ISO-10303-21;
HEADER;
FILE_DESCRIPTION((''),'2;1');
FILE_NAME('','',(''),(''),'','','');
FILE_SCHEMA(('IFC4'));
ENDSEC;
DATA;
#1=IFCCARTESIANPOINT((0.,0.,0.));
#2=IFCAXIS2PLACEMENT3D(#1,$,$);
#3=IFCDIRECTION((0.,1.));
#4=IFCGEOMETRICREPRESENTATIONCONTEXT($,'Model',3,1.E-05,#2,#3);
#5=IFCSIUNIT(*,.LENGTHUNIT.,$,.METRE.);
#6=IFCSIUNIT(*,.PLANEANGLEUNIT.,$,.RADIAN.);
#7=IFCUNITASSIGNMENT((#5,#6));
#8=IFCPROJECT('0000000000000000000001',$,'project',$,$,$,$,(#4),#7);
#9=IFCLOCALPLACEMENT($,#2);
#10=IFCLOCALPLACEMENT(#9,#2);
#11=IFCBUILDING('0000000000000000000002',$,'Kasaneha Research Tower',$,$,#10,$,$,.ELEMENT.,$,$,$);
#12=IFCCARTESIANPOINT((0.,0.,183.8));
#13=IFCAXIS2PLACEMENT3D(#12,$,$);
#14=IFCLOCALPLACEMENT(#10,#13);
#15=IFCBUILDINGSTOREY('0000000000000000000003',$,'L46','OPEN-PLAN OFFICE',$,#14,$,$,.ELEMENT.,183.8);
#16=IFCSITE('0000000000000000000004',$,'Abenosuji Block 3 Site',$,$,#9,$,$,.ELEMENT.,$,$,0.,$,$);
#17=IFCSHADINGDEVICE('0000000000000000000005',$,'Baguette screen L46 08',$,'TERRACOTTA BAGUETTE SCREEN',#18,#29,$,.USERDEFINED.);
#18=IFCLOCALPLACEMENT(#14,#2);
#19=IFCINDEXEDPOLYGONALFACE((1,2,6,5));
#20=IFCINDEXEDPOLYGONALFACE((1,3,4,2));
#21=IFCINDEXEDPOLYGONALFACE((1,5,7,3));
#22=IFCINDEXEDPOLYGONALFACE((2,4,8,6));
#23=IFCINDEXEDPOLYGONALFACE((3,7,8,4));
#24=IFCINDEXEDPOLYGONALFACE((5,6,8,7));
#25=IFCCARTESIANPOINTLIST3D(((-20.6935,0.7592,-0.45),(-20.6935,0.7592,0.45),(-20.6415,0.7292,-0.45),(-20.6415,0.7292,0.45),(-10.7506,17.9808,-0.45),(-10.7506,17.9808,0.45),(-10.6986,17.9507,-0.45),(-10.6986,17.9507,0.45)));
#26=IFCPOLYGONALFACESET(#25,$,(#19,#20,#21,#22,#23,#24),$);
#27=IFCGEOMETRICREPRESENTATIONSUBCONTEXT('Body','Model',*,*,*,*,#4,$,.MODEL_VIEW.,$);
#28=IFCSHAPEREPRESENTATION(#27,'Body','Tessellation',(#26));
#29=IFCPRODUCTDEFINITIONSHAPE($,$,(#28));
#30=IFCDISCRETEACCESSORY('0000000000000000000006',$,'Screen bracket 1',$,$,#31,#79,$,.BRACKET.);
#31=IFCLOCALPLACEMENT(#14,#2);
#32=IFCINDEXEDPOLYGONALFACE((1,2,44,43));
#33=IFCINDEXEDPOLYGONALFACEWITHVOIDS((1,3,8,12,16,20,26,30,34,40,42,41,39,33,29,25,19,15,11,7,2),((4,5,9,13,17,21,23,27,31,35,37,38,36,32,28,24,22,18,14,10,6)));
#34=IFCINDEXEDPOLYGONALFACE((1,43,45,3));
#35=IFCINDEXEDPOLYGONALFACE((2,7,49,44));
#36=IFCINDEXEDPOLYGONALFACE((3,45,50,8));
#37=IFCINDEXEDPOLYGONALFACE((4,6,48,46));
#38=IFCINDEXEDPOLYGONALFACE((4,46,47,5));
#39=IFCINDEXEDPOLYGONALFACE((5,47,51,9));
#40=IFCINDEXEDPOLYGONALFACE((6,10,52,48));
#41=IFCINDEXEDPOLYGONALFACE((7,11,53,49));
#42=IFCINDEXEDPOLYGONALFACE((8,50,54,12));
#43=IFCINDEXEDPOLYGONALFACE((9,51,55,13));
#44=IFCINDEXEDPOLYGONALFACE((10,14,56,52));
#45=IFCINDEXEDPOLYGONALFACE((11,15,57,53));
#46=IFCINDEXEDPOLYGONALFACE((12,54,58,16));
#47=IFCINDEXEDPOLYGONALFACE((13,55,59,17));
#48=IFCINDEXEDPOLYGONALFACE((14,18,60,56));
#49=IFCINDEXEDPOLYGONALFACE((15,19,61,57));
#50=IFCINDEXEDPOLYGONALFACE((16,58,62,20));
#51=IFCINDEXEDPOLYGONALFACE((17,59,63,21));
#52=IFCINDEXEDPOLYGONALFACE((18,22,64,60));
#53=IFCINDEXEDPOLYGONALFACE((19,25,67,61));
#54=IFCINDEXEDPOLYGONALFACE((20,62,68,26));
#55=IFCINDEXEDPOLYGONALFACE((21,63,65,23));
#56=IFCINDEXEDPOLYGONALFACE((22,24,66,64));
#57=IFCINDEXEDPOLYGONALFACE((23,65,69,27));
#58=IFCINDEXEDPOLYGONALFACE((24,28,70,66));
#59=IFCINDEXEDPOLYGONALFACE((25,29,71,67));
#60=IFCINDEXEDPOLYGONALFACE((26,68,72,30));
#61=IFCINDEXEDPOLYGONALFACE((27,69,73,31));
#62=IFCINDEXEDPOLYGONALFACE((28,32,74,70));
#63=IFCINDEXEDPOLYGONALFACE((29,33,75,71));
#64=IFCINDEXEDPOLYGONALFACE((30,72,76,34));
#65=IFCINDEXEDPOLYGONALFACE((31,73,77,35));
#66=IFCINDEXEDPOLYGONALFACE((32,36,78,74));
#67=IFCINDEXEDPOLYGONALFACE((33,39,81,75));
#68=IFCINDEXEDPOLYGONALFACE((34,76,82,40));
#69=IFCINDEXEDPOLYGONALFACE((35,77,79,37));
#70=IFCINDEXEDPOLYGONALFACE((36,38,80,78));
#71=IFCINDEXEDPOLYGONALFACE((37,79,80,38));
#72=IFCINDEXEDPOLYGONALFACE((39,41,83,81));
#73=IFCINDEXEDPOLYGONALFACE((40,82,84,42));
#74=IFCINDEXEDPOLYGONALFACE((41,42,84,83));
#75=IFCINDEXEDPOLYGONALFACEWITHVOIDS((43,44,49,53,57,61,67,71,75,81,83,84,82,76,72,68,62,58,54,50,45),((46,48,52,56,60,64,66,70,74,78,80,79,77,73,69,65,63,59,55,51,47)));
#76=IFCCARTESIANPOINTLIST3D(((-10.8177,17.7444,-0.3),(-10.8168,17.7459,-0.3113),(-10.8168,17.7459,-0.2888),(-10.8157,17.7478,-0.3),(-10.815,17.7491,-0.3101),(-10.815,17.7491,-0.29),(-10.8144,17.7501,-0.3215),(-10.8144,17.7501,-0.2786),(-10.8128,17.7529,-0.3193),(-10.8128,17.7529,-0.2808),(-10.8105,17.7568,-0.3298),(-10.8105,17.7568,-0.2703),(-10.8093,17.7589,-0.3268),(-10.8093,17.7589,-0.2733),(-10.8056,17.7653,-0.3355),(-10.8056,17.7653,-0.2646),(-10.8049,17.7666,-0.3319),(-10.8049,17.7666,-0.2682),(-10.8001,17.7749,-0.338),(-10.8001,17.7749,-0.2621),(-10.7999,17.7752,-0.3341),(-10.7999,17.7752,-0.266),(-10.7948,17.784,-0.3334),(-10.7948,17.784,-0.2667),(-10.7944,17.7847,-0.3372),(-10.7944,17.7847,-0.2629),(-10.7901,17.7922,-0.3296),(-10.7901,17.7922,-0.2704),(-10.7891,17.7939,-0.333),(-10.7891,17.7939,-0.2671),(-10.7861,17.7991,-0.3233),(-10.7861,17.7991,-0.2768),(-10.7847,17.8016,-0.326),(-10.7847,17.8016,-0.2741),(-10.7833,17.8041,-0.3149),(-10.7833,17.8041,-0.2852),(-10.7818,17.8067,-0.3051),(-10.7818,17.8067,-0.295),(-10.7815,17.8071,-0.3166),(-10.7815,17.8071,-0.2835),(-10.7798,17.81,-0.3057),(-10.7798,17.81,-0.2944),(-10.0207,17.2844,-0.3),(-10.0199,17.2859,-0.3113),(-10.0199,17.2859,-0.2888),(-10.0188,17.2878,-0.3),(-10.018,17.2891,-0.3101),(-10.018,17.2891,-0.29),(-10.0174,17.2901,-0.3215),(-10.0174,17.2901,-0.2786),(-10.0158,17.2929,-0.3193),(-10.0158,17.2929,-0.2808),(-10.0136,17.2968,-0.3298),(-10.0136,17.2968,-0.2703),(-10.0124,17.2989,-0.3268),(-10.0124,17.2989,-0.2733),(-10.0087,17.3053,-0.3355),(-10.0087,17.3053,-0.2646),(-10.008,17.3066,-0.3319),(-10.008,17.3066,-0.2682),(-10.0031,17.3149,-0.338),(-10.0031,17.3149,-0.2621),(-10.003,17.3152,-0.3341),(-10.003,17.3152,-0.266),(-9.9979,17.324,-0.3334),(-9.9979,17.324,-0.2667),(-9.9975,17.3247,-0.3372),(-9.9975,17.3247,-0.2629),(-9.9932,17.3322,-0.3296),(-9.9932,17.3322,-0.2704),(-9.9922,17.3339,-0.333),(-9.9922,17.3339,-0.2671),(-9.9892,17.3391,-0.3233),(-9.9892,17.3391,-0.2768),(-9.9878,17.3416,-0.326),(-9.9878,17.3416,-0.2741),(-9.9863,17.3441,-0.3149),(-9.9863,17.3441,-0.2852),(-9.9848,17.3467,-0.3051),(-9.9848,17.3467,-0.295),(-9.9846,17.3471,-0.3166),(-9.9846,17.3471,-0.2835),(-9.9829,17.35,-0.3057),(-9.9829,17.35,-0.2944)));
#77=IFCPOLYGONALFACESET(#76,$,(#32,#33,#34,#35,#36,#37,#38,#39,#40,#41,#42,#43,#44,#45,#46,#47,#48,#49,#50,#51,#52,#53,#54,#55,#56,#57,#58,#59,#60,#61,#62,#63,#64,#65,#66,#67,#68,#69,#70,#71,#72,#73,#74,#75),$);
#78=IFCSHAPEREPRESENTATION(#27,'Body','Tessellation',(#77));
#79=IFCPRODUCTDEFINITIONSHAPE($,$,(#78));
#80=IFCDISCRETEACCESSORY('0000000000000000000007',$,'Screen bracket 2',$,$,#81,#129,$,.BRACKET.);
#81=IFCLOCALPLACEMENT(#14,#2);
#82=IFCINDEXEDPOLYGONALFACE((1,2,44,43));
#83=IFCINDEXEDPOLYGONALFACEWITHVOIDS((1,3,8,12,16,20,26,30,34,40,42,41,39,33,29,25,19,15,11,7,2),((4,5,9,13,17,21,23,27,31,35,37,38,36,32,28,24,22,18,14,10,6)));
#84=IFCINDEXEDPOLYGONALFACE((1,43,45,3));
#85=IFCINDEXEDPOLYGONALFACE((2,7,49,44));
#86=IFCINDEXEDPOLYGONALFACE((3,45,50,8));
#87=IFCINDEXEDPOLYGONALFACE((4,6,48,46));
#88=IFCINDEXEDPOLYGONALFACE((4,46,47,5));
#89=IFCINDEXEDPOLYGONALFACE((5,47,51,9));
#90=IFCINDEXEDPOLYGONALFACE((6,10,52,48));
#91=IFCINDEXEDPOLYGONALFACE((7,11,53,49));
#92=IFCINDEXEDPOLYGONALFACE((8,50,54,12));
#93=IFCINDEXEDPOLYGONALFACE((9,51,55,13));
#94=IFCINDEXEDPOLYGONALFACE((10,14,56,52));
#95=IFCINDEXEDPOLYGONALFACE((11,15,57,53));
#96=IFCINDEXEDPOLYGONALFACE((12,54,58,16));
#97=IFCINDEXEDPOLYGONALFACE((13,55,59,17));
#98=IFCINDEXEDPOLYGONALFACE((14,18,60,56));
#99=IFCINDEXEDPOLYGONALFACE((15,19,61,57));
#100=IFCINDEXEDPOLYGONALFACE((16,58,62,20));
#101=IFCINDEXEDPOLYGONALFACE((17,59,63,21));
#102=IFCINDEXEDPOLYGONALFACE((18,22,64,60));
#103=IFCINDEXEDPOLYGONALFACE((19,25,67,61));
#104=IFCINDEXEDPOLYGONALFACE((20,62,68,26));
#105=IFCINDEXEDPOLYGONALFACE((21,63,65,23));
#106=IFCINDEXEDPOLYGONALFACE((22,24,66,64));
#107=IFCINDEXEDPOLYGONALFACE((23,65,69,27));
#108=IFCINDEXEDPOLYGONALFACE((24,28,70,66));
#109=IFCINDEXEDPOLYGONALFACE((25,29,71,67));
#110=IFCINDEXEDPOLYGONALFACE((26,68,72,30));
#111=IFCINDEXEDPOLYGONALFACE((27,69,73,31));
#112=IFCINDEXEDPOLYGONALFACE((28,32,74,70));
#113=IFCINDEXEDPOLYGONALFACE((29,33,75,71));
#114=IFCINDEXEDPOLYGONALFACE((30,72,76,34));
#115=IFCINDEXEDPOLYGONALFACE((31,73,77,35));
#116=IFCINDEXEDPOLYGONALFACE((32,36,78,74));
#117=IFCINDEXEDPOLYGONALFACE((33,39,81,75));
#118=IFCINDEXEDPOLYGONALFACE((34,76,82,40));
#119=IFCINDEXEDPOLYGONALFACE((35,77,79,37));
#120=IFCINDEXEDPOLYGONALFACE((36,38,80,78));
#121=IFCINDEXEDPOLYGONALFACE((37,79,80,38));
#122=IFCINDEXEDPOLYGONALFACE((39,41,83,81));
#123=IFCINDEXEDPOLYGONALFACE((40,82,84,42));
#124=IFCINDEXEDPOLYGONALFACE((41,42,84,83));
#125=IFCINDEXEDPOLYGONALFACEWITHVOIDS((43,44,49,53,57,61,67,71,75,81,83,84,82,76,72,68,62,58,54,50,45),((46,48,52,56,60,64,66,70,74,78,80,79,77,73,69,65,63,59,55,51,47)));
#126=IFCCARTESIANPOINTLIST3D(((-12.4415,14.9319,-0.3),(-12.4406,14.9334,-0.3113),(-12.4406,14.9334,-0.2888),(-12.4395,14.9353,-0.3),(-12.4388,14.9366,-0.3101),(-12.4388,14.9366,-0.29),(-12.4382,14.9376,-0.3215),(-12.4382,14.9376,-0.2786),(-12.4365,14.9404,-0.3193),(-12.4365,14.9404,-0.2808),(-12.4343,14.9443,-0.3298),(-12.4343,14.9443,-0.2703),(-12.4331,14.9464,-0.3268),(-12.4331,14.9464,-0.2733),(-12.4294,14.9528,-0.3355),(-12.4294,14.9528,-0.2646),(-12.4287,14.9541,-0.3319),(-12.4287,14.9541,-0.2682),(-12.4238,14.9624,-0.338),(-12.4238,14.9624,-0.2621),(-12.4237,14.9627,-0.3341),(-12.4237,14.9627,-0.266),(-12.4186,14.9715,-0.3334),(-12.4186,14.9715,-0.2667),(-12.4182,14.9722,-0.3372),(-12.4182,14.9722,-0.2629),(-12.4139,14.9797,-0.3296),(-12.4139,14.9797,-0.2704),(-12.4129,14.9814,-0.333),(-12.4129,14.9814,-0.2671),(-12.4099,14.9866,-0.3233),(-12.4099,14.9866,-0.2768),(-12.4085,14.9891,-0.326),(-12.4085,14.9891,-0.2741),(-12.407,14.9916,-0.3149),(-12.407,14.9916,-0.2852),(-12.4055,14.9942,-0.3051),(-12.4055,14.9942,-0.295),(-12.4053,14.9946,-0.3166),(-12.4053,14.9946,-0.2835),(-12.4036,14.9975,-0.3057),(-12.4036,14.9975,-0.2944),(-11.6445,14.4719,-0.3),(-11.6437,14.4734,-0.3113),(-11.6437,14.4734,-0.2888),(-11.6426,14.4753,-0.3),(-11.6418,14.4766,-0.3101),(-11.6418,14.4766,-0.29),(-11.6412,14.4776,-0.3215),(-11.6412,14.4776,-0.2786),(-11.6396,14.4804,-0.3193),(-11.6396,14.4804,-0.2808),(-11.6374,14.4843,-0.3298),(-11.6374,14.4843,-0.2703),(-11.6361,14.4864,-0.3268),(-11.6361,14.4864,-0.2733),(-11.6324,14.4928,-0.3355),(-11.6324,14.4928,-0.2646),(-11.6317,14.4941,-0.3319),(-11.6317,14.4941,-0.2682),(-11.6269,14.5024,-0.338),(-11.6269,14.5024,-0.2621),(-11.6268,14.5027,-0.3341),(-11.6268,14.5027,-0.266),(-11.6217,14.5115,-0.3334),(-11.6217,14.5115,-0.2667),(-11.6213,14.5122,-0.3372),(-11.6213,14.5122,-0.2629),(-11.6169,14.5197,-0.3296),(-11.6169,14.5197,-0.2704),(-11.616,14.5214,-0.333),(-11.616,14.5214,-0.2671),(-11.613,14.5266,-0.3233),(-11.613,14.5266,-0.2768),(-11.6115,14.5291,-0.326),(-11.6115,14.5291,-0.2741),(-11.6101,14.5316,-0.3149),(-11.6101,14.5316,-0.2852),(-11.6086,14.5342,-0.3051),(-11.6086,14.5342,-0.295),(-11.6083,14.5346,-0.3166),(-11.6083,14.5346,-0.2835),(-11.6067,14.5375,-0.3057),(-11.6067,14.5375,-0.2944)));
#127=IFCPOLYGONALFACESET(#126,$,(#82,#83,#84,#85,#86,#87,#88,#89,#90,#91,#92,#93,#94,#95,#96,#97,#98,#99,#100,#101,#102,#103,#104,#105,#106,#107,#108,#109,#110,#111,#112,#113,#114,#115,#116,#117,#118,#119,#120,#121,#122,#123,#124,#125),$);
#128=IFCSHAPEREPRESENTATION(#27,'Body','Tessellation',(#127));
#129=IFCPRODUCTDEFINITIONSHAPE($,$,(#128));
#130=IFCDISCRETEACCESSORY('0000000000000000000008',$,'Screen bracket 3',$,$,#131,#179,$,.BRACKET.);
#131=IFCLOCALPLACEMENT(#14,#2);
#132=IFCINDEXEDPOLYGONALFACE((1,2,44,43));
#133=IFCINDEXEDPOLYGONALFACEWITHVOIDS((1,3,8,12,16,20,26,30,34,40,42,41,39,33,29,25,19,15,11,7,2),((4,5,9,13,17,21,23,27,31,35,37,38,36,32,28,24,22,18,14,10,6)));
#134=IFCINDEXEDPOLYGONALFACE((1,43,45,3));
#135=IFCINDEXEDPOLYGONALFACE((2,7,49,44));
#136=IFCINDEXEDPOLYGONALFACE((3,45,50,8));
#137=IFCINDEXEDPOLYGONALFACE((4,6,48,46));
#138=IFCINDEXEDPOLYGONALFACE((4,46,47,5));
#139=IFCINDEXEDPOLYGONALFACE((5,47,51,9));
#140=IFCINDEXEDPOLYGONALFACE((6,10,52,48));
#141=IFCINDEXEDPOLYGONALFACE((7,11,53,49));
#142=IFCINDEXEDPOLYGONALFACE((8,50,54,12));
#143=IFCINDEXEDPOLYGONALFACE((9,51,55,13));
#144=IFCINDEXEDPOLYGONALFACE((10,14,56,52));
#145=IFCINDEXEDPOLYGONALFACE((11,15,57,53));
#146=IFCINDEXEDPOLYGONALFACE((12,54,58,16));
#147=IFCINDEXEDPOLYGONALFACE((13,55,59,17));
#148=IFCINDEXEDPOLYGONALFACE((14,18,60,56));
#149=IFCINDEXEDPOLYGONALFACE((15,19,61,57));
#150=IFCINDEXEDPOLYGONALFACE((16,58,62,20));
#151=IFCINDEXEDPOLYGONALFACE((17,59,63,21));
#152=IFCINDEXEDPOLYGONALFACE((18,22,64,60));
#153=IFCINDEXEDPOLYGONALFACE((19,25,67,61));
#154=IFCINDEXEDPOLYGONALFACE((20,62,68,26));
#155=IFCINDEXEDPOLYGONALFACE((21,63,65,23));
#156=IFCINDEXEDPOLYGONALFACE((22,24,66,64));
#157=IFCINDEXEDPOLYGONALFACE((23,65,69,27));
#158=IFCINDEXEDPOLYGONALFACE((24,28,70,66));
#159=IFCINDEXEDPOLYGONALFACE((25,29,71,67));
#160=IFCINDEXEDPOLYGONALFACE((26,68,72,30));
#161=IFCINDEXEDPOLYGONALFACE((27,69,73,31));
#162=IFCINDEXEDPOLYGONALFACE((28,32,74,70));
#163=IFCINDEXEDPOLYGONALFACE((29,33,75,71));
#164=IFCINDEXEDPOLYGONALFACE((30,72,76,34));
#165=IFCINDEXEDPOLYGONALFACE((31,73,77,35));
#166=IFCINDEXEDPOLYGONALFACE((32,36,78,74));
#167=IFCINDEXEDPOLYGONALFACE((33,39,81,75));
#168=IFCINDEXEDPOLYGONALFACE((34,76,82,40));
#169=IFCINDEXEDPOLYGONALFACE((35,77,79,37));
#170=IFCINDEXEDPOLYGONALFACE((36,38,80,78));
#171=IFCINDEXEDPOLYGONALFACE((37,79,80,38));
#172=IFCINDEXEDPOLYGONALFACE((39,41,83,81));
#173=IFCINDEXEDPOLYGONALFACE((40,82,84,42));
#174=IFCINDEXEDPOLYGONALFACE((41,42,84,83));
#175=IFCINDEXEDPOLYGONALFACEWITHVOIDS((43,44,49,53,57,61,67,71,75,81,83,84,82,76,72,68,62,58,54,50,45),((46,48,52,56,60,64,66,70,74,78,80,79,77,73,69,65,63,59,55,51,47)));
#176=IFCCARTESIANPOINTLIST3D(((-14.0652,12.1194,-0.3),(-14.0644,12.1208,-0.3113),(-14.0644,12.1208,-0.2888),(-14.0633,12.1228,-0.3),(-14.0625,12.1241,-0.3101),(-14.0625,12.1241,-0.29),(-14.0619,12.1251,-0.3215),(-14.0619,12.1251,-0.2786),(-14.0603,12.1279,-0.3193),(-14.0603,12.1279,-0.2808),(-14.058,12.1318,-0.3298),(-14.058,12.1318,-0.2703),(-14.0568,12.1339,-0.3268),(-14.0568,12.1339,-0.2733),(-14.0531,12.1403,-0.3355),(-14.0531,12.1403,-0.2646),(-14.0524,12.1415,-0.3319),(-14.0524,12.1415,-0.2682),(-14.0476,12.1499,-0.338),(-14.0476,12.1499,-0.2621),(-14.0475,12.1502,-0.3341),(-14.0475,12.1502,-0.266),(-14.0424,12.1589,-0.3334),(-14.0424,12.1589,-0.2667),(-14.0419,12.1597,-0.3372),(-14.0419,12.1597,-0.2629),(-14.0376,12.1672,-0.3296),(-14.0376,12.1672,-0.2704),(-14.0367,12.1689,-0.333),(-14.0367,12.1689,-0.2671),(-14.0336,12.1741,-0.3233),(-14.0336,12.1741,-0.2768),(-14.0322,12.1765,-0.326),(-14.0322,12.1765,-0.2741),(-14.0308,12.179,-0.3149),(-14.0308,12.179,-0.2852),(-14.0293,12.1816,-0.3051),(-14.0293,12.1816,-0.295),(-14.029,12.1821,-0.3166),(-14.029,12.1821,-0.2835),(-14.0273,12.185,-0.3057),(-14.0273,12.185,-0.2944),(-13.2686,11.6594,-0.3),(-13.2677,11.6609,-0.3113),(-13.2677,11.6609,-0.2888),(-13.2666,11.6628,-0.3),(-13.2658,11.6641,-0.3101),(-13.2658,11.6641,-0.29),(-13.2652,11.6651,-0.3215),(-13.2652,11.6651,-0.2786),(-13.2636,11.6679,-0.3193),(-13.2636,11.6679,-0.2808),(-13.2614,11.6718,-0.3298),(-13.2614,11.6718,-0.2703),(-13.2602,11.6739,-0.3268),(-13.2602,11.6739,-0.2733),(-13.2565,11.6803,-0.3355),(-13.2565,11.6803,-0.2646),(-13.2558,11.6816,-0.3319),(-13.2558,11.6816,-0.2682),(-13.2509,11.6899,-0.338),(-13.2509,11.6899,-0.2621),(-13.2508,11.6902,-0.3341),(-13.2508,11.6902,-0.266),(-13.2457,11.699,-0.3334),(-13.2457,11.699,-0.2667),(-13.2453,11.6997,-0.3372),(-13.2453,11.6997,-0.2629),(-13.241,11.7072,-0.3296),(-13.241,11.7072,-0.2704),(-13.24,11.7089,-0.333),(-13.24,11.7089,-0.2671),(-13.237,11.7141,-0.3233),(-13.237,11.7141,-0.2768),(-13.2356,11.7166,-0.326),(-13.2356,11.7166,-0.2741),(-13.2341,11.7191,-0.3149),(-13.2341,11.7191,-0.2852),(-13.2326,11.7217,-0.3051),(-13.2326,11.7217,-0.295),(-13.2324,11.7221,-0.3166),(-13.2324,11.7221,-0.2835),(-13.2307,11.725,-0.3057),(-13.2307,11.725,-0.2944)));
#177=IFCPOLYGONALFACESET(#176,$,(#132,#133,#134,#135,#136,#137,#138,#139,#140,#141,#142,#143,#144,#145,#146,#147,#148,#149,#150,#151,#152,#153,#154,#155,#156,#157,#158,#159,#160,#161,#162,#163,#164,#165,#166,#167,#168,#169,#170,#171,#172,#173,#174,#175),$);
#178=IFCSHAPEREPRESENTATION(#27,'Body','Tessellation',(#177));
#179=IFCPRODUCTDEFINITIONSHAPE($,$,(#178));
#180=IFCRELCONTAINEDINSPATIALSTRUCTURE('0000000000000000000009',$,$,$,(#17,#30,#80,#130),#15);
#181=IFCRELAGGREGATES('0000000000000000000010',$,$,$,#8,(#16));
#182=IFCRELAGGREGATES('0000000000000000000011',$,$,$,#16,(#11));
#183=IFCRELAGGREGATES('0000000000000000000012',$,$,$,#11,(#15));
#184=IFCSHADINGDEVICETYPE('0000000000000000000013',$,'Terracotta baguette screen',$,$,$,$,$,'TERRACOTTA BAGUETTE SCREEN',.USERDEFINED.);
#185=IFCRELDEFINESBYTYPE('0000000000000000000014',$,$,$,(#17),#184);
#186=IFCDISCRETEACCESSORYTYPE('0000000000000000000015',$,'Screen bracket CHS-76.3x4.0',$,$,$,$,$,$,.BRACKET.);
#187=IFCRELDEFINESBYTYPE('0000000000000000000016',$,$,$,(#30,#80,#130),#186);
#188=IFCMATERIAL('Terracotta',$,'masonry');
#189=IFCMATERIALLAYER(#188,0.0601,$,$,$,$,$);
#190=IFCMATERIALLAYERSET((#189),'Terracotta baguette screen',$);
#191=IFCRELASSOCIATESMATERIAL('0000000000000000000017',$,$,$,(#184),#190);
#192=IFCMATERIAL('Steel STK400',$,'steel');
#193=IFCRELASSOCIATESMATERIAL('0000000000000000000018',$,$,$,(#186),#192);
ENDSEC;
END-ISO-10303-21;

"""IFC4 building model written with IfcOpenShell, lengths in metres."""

from ifc_helpers import new_model, si_unit, direction, frame, origin, origin_2d, place, context, subcontext, project, spatial, rectangle, hollow_circle, extrude, material, layer, layer_set, material_profile, profile_set, type_object, element, save


model = new_model("IFC4")

# Units and contexts
model_context = context("Model", 3, precision=1e-05, world=origin(), true_north=direction((0.0, 1.0)))
body_context = subcontext(model_context, "Body", "Model", "MODEL_VIEW")
ifc_project = project(units=[si_unit("LENGTHUNIT", "METRE"), si_unit("PLANEANGLEUNIT", "RADIAN")], contexts=[model_context])

# Site, building, storey
site_placement = place(None, origin())
site = spatial("IfcSite", under=ifc_project, at=site_placement, Name="Abenosuji Block 3 Site", CompositionType="ELEMENT", RefElevation=0.0)
building_placement = place(site_placement, origin())
building = spatial("IfcBuilding", under=site, at=building_placement, Name="Kasaneha Research Tower", CompositionType="ELEMENT")
storey_placement = place(building_placement, frame((0.0, 0.0, 183.8)))
storey = spatial("IfcBuildingStorey", under=building, at=storey_placement, Name="L46", Description="OPEN-PLAN OFFICE", CompositionType="ELEMENT", Elevation=183.8)

# Shading device
ifc_material_1 = material(Name="Terracotta", Category="masonry")
ifc_layer_1 = layer(ifc_material_1, 0.0601)
ifc_layer_set_1 = layer_set([ifc_layer_1], Name="Terracotta baguette screen")
shading_device_type = type_object("IfcShadingDeviceType", Name="Terracotta baguette screen", ElementType="TERRACOTTA BAGUETTE SCREEN", PredefinedType="USERDEFINED", material=ifc_layer_set_1)
shading_device_placement = place(storey_placement, frame((-15.696, 9.355, -0.45), z_axis=(0.0, 0.0, 1.0), x_axis=(-0.5, -0.866025, 0.0)))
element("IfcShadingDevice", 1, at=shading_device_placement, inside=storey, type_object=shading_device_type, Name="Baguette screen L46 08", ObjectType="TERRACOTTA BAGUETTE SCREEN", PredefinedType="USERDEFINED", context=body_context, shape_type="SweptSolid", body=[
    extrude(rectangle(XDim=19.8857, YDim=0.0601, at=origin_2d()), origin(), (0.0, 0.0, 1.0), 0.8999),
])

# Discrete accessories
ifc_material_2 = material(Name="Steel STK400", Category="steel")
ifc_material_profile_1 = material_profile(ifc_material_2, hollow_circle(Radius=0.0381, WallThickness=0.0039, at=origin_2d()), Name="CHS-76.3x4.0")
ifc_profile_set_1 = profile_set([ifc_material_profile_1], Name="Steel STK400")
discrete_accessory_type = type_object("IfcDiscreteAccessoryType", Name="Screen bracket CHS-76.3x4.0", PredefinedType="BRACKET", material=ifc_profile_set_1)
for number, where, z_axis, x_axis, name in (
    (2, (-10.0017, 17.3174, -0.3), (-0.86608, 0.499906, 0.0), (-0.499906, -0.86608, 0.0), "Screen bracket 1"),
    (3, (-11.6255, 14.5049, -0.3), (-0.86608, 0.499906, 0.0), (-0.499906, -0.86608, 0.0), "Screen bracket 2"),
):
    element("IfcDiscreteAccessory", number, at=place(storey_placement, frame(where, z_axis=z_axis, x_axis=x_axis)), inside=storey, type_object=discrete_accessory_type, Name=name, PredefinedType="BRACKET", context=body_context, shape_type="SweptSolid", body=[
        extrude(hollow_circle(Radius=0.0381, WallThickness=0.0039, at=origin_2d()), origin(), (0.0, 0.0, 1.0), 0.9202),
    ])
for number, where, z_axis, x_axis, name in (
    (4, (-13.2495, 11.6924, -0.3), (-0.866013, 0.500021, 0.0), (-0.500021, -0.866013, 0.0), "Screen bracket 3"),
):
    element("IfcDiscreteAccessory", number, at=place(storey_placement, frame(where, z_axis=z_axis, x_axis=x_axis)), inside=storey, type_object=discrete_accessory_type, Name=name, PredefinedType="BRACKET", context=body_context, shape_type="SweptSolid", body=[
        extrude(hollow_circle(Radius=0.0381, WallThickness=0.0039, at=origin_2d()), origin(), (0.0, 0.0, 1.0), 0.9199),
    ])

save(model, "model.ifc")
